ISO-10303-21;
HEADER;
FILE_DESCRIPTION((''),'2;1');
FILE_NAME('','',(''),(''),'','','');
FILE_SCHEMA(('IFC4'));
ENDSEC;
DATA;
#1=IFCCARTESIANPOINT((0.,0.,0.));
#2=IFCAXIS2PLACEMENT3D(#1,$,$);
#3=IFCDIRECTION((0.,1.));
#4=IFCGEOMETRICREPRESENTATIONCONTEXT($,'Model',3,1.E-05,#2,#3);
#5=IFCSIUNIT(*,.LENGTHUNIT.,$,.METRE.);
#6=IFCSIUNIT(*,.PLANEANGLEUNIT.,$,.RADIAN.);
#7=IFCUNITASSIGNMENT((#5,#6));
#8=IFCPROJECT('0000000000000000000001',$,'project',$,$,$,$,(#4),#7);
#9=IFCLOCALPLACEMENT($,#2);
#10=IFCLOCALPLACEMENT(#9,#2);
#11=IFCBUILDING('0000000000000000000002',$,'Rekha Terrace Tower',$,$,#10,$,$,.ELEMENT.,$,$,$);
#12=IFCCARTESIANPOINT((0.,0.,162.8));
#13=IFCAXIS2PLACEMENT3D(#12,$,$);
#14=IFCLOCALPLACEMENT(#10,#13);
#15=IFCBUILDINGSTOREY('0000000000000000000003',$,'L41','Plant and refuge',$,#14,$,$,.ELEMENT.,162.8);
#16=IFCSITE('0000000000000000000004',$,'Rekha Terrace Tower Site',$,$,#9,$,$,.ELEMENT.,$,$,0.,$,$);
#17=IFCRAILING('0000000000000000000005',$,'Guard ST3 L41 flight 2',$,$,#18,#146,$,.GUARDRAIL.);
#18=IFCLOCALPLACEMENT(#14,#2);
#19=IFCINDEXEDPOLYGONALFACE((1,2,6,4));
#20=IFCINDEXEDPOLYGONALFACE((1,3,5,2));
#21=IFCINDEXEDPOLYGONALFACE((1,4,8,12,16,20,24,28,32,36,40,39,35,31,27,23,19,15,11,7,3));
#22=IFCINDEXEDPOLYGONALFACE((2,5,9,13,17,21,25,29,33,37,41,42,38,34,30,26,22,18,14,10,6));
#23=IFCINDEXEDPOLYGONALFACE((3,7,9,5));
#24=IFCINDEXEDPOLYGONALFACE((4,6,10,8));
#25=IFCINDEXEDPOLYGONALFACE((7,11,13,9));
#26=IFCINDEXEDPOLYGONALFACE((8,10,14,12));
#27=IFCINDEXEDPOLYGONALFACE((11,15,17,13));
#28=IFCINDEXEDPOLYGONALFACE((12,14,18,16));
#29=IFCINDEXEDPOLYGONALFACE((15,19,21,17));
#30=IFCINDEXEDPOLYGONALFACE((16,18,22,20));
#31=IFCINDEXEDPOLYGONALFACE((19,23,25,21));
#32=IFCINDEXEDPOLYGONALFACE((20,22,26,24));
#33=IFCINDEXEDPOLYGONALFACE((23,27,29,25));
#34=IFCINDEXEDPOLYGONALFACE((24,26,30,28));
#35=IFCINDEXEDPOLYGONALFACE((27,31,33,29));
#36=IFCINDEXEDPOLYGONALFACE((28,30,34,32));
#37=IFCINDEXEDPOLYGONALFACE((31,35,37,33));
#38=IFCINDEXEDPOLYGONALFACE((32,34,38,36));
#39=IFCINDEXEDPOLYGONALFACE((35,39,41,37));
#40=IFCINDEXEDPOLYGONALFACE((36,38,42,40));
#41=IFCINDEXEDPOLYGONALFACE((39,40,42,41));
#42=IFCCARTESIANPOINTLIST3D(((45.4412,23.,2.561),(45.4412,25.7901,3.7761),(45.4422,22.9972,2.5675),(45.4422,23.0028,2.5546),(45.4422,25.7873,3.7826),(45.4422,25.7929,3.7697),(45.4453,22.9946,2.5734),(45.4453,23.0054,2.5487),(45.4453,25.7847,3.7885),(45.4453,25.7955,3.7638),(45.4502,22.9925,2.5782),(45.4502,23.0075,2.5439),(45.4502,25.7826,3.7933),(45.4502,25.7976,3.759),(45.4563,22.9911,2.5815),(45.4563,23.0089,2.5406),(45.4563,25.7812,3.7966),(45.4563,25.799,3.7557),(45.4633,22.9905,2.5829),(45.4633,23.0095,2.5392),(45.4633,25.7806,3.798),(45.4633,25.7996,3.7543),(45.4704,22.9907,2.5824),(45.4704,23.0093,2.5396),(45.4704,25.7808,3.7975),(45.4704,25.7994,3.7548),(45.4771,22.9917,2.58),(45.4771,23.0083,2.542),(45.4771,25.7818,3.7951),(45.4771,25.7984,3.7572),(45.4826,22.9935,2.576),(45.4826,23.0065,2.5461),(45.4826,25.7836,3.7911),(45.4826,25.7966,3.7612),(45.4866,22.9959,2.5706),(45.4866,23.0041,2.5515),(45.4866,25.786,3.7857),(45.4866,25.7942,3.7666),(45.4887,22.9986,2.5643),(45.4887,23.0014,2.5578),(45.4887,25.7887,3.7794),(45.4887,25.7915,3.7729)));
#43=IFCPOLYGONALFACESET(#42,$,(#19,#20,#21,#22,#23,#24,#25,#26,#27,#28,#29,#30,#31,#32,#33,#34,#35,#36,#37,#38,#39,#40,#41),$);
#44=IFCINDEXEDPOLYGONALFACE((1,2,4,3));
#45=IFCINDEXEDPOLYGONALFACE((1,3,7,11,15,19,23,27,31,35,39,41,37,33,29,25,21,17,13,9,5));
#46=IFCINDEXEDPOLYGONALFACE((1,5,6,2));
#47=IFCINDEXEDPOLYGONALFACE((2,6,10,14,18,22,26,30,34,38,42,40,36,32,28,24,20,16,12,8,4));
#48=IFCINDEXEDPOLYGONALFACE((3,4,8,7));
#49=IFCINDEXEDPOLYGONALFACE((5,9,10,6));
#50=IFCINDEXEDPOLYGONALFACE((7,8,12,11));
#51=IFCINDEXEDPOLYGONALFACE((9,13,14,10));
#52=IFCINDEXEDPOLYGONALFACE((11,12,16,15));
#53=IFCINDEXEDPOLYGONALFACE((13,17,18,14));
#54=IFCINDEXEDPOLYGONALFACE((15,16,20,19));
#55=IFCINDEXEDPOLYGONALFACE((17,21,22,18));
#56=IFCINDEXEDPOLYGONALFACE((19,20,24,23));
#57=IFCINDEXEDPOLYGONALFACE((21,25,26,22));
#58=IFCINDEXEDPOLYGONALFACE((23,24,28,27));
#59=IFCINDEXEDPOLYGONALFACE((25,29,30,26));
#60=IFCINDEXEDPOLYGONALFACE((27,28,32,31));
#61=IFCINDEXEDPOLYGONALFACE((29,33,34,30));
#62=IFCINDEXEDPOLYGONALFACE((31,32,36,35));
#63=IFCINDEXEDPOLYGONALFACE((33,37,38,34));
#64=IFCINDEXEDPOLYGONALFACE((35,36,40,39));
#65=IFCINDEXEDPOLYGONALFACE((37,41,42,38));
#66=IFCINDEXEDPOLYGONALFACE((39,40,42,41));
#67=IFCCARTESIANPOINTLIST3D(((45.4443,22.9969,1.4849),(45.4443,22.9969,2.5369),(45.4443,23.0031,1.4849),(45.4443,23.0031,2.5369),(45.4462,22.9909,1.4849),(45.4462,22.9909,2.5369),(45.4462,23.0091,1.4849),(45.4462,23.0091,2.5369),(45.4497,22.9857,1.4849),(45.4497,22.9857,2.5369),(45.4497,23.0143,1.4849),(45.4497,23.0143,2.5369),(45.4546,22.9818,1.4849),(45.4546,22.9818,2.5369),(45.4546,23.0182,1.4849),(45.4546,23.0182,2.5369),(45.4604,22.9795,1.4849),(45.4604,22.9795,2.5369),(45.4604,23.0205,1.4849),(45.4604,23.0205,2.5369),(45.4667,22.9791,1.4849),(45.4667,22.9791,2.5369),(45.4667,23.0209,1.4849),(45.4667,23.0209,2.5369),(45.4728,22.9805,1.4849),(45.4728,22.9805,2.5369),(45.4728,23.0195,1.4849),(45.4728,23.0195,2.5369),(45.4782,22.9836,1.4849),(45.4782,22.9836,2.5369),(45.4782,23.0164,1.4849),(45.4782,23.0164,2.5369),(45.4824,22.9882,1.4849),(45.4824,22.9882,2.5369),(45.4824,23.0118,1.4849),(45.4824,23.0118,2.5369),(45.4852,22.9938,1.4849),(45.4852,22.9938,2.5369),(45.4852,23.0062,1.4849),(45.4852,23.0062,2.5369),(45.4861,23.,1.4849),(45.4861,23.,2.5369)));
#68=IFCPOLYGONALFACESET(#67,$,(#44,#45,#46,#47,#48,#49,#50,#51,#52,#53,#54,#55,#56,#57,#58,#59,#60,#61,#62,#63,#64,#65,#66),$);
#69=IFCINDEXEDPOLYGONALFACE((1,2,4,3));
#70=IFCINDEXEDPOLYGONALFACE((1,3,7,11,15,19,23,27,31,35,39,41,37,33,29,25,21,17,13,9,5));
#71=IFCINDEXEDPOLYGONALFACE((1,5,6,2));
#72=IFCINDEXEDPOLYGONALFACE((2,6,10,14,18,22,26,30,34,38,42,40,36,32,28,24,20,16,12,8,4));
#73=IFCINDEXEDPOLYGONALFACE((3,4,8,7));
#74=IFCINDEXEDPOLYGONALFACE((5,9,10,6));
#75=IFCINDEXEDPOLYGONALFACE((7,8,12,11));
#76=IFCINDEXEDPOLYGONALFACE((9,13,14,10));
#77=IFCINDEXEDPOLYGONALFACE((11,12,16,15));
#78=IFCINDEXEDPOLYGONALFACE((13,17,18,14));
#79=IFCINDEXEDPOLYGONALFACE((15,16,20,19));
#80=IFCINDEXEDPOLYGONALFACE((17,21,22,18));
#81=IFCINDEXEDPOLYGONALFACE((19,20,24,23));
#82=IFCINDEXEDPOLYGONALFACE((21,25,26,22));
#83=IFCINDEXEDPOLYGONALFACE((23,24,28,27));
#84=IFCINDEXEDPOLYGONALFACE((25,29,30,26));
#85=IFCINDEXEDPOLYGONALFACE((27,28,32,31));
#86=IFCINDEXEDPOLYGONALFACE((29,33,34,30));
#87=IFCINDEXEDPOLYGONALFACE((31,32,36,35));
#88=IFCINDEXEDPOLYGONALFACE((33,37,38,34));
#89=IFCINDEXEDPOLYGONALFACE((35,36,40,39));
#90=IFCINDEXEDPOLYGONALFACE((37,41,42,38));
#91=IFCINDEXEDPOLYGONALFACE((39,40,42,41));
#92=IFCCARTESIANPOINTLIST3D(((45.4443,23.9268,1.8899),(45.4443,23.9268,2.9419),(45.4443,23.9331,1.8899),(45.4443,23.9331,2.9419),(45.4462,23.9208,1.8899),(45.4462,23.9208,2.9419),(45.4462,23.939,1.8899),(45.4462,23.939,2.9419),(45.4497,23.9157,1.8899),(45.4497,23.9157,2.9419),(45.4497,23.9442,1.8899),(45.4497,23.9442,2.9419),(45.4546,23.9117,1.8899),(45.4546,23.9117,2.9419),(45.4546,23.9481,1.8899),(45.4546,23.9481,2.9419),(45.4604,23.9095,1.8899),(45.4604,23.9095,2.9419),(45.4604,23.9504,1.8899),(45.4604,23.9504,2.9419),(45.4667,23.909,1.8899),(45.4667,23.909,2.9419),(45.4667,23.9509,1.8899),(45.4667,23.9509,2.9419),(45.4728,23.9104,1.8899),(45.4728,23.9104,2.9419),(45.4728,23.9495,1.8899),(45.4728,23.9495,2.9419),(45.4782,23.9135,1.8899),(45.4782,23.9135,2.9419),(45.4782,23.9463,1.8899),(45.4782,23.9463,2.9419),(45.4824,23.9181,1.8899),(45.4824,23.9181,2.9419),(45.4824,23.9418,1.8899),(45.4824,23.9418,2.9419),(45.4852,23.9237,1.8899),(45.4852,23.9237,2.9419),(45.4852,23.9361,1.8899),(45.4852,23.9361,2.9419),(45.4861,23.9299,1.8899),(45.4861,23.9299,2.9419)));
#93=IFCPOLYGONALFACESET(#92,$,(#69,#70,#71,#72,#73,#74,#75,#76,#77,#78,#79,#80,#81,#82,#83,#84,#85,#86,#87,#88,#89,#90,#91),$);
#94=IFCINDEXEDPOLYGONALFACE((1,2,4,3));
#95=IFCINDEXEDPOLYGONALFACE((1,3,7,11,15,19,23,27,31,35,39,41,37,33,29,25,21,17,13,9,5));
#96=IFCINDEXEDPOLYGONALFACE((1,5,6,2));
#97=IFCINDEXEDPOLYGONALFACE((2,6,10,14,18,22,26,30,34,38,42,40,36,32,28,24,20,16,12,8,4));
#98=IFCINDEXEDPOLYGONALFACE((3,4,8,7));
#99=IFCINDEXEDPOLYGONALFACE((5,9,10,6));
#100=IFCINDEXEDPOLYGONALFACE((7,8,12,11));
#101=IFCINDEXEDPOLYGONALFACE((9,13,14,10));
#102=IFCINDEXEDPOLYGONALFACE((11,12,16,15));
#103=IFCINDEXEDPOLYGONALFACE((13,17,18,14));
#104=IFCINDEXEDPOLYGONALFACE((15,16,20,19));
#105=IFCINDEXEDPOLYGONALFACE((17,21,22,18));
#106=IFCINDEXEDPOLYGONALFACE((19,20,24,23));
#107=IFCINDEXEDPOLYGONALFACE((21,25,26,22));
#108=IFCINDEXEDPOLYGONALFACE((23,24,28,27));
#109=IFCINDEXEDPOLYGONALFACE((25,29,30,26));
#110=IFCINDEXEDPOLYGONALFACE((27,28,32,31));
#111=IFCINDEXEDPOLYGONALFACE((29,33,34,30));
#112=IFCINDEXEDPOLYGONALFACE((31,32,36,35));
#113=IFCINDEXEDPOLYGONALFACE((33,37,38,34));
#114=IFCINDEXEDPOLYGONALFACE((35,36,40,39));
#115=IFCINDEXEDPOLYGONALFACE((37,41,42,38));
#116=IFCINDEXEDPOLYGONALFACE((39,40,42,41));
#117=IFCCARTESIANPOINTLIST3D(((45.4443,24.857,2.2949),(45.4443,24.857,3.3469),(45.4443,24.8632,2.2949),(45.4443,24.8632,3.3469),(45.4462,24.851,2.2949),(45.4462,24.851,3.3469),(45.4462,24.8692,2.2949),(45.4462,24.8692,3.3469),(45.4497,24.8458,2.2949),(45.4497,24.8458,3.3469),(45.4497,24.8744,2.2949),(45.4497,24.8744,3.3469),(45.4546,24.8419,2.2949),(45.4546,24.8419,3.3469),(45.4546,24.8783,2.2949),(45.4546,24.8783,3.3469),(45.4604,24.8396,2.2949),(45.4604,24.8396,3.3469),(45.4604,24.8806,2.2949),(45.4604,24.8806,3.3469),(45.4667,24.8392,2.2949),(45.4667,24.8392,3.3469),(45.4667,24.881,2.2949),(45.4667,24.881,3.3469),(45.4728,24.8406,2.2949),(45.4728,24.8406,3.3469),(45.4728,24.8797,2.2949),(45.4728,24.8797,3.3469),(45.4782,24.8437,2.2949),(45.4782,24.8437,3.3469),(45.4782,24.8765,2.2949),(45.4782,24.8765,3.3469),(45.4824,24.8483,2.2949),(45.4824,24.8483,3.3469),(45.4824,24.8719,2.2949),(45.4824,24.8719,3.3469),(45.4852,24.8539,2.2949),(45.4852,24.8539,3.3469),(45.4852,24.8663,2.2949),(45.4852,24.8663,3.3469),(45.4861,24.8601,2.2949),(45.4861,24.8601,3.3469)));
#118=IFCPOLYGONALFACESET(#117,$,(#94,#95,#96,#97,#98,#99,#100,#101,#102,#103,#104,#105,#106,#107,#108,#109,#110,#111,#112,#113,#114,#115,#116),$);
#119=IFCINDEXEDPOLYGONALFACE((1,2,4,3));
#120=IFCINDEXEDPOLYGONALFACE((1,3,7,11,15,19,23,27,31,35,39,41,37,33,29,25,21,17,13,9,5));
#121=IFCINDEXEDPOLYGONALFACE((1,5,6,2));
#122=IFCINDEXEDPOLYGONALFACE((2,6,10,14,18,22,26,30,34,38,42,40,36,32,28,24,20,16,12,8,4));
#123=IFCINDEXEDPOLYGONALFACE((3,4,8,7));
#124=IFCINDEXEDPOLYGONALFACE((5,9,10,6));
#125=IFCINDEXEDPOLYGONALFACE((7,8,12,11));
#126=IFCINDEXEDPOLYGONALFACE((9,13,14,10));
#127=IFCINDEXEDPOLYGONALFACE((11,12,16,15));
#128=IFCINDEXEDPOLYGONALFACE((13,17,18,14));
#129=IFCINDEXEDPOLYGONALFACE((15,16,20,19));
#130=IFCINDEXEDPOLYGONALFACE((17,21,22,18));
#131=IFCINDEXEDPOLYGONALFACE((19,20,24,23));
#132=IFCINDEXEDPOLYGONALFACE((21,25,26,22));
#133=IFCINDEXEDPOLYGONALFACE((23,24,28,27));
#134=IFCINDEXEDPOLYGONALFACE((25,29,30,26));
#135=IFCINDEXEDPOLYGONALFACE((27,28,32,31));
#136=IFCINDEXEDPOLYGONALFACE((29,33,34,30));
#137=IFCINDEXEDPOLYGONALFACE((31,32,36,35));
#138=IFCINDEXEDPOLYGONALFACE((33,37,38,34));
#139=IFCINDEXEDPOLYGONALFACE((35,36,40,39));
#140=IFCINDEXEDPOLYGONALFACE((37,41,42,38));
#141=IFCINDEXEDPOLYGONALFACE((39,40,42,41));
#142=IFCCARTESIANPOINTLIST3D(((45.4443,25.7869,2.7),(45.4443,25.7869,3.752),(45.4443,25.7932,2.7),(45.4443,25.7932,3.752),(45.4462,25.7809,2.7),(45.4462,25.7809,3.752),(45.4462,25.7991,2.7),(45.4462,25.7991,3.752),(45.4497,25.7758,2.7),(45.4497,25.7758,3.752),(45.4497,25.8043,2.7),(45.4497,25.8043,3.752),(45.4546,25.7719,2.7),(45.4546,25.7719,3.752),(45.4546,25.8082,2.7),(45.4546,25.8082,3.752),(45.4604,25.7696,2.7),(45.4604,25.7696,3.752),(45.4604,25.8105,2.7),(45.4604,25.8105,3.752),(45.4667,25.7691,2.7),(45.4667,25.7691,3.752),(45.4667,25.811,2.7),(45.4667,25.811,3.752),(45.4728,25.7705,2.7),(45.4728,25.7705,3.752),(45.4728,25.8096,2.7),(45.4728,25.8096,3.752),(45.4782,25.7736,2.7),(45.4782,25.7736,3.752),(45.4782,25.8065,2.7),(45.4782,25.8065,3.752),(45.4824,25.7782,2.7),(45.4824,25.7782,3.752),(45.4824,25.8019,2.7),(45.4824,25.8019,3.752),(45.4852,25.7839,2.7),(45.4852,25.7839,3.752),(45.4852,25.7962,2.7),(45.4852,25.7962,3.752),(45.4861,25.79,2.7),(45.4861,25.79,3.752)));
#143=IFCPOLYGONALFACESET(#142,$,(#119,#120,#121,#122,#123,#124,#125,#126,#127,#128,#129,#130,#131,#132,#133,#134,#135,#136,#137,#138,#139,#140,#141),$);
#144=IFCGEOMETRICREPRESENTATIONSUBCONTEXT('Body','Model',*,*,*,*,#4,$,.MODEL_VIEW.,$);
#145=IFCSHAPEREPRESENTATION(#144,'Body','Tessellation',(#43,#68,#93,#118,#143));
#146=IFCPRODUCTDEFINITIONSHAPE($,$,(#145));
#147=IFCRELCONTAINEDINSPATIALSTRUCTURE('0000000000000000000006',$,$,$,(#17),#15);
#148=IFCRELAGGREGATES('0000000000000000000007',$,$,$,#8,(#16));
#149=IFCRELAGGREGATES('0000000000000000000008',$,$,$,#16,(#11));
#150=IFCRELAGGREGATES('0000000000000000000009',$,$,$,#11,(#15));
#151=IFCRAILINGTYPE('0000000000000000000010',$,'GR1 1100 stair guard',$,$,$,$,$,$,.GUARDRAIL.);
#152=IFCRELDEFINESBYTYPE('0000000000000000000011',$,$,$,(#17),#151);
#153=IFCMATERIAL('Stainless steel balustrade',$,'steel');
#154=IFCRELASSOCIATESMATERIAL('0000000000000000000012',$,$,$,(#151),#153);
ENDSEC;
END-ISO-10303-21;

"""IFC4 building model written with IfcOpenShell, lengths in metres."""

from ifc_helpers import new_model, si_unit, direction, frame, origin, origin_2d, place, context, subcontext, project, spatial, circle, extrude, material, type_object, element, save


model = new_model("IFC4")

# Units and contexts
model_context = context("Model", 3, precision=1e-05, world=origin(), true_north=direction((0.0, 1.0)))
body_context = subcontext(model_context, "Body", "Model", "MODEL_VIEW")
ifc_project = project(units=[si_unit("LENGTHUNIT", "METRE"), si_unit("PLANEANGLEUNIT", "RADIAN")], contexts=[model_context])

# Site, building, storey
site_placement = place(None, origin())
site = spatial("IfcSite", under=ifc_project, at=site_placement, Name="Rekha Terrace Tower Site", CompositionType="ELEMENT", RefElevation=0.0)
building_placement = place(site_placement, origin())
building = spatial("IfcBuilding", under=site, at=building_placement, Name="Rekha Terrace Tower", CompositionType="ELEMENT")
storey_placement = place(building_placement, frame((0.0, 0.0, 162.8)))
storey = spatial("IfcBuildingStorey", under=building, at=storey_placement, Name="L41", Description="Plant and refuge", CompositionType="ELEMENT", Elevation=162.8)

# Railing
ifc_material_1 = material(Name="Stainless steel balustrade", Category="steel")
railing_type_1 = type_object("IfcRailingType", Name="GR1 1100 stair guard", PredefinedType="GUARDRAIL", material=ifc_material_1)
railing_1_placement = place(storey_placement, frame((45.4651, 23.0, 1.4849)))
element("IfcRailing", 1, at=railing_1_placement, inside=storey, type_object=railing_type_1, Name="Guard ST3 L41 flight 2", PredefinedType="GUARDRAIL", context=body_context, shape_type="SweptSolid", body=[
    extrude(circle(Radius=0.0239, at=origin_2d()), frame((0.0, 0.0, 1.0762), z_axis=(0.0, 0.916826, 0.399286), x_axis=(-1.0, 0.0, 0.0)), (0.0, 0.0, 1.0), 3.0432),
    extrude(circle(Radius=0.021, at=origin_2d()), origin(), (0.0, 0.0, 1.0), 1.052),
    extrude(circle(Radius=0.021, at=origin_2d()), frame((0.0, 0.9299, 0.405)), (0.0, 0.0, 1.0), 1.052),
    extrude(circle(Radius=0.021, at=origin_2d()), frame((0.0, 1.8601, 0.8101)), (0.0, 0.0, 1.0), 1.052),
    extrude(circle(Radius=0.021, at=origin_2d()), frame((0.0, 2.79, 1.2151)), (0.0, 0.0, 1.0), 1.052),
])

save(model, "model.ifc")
